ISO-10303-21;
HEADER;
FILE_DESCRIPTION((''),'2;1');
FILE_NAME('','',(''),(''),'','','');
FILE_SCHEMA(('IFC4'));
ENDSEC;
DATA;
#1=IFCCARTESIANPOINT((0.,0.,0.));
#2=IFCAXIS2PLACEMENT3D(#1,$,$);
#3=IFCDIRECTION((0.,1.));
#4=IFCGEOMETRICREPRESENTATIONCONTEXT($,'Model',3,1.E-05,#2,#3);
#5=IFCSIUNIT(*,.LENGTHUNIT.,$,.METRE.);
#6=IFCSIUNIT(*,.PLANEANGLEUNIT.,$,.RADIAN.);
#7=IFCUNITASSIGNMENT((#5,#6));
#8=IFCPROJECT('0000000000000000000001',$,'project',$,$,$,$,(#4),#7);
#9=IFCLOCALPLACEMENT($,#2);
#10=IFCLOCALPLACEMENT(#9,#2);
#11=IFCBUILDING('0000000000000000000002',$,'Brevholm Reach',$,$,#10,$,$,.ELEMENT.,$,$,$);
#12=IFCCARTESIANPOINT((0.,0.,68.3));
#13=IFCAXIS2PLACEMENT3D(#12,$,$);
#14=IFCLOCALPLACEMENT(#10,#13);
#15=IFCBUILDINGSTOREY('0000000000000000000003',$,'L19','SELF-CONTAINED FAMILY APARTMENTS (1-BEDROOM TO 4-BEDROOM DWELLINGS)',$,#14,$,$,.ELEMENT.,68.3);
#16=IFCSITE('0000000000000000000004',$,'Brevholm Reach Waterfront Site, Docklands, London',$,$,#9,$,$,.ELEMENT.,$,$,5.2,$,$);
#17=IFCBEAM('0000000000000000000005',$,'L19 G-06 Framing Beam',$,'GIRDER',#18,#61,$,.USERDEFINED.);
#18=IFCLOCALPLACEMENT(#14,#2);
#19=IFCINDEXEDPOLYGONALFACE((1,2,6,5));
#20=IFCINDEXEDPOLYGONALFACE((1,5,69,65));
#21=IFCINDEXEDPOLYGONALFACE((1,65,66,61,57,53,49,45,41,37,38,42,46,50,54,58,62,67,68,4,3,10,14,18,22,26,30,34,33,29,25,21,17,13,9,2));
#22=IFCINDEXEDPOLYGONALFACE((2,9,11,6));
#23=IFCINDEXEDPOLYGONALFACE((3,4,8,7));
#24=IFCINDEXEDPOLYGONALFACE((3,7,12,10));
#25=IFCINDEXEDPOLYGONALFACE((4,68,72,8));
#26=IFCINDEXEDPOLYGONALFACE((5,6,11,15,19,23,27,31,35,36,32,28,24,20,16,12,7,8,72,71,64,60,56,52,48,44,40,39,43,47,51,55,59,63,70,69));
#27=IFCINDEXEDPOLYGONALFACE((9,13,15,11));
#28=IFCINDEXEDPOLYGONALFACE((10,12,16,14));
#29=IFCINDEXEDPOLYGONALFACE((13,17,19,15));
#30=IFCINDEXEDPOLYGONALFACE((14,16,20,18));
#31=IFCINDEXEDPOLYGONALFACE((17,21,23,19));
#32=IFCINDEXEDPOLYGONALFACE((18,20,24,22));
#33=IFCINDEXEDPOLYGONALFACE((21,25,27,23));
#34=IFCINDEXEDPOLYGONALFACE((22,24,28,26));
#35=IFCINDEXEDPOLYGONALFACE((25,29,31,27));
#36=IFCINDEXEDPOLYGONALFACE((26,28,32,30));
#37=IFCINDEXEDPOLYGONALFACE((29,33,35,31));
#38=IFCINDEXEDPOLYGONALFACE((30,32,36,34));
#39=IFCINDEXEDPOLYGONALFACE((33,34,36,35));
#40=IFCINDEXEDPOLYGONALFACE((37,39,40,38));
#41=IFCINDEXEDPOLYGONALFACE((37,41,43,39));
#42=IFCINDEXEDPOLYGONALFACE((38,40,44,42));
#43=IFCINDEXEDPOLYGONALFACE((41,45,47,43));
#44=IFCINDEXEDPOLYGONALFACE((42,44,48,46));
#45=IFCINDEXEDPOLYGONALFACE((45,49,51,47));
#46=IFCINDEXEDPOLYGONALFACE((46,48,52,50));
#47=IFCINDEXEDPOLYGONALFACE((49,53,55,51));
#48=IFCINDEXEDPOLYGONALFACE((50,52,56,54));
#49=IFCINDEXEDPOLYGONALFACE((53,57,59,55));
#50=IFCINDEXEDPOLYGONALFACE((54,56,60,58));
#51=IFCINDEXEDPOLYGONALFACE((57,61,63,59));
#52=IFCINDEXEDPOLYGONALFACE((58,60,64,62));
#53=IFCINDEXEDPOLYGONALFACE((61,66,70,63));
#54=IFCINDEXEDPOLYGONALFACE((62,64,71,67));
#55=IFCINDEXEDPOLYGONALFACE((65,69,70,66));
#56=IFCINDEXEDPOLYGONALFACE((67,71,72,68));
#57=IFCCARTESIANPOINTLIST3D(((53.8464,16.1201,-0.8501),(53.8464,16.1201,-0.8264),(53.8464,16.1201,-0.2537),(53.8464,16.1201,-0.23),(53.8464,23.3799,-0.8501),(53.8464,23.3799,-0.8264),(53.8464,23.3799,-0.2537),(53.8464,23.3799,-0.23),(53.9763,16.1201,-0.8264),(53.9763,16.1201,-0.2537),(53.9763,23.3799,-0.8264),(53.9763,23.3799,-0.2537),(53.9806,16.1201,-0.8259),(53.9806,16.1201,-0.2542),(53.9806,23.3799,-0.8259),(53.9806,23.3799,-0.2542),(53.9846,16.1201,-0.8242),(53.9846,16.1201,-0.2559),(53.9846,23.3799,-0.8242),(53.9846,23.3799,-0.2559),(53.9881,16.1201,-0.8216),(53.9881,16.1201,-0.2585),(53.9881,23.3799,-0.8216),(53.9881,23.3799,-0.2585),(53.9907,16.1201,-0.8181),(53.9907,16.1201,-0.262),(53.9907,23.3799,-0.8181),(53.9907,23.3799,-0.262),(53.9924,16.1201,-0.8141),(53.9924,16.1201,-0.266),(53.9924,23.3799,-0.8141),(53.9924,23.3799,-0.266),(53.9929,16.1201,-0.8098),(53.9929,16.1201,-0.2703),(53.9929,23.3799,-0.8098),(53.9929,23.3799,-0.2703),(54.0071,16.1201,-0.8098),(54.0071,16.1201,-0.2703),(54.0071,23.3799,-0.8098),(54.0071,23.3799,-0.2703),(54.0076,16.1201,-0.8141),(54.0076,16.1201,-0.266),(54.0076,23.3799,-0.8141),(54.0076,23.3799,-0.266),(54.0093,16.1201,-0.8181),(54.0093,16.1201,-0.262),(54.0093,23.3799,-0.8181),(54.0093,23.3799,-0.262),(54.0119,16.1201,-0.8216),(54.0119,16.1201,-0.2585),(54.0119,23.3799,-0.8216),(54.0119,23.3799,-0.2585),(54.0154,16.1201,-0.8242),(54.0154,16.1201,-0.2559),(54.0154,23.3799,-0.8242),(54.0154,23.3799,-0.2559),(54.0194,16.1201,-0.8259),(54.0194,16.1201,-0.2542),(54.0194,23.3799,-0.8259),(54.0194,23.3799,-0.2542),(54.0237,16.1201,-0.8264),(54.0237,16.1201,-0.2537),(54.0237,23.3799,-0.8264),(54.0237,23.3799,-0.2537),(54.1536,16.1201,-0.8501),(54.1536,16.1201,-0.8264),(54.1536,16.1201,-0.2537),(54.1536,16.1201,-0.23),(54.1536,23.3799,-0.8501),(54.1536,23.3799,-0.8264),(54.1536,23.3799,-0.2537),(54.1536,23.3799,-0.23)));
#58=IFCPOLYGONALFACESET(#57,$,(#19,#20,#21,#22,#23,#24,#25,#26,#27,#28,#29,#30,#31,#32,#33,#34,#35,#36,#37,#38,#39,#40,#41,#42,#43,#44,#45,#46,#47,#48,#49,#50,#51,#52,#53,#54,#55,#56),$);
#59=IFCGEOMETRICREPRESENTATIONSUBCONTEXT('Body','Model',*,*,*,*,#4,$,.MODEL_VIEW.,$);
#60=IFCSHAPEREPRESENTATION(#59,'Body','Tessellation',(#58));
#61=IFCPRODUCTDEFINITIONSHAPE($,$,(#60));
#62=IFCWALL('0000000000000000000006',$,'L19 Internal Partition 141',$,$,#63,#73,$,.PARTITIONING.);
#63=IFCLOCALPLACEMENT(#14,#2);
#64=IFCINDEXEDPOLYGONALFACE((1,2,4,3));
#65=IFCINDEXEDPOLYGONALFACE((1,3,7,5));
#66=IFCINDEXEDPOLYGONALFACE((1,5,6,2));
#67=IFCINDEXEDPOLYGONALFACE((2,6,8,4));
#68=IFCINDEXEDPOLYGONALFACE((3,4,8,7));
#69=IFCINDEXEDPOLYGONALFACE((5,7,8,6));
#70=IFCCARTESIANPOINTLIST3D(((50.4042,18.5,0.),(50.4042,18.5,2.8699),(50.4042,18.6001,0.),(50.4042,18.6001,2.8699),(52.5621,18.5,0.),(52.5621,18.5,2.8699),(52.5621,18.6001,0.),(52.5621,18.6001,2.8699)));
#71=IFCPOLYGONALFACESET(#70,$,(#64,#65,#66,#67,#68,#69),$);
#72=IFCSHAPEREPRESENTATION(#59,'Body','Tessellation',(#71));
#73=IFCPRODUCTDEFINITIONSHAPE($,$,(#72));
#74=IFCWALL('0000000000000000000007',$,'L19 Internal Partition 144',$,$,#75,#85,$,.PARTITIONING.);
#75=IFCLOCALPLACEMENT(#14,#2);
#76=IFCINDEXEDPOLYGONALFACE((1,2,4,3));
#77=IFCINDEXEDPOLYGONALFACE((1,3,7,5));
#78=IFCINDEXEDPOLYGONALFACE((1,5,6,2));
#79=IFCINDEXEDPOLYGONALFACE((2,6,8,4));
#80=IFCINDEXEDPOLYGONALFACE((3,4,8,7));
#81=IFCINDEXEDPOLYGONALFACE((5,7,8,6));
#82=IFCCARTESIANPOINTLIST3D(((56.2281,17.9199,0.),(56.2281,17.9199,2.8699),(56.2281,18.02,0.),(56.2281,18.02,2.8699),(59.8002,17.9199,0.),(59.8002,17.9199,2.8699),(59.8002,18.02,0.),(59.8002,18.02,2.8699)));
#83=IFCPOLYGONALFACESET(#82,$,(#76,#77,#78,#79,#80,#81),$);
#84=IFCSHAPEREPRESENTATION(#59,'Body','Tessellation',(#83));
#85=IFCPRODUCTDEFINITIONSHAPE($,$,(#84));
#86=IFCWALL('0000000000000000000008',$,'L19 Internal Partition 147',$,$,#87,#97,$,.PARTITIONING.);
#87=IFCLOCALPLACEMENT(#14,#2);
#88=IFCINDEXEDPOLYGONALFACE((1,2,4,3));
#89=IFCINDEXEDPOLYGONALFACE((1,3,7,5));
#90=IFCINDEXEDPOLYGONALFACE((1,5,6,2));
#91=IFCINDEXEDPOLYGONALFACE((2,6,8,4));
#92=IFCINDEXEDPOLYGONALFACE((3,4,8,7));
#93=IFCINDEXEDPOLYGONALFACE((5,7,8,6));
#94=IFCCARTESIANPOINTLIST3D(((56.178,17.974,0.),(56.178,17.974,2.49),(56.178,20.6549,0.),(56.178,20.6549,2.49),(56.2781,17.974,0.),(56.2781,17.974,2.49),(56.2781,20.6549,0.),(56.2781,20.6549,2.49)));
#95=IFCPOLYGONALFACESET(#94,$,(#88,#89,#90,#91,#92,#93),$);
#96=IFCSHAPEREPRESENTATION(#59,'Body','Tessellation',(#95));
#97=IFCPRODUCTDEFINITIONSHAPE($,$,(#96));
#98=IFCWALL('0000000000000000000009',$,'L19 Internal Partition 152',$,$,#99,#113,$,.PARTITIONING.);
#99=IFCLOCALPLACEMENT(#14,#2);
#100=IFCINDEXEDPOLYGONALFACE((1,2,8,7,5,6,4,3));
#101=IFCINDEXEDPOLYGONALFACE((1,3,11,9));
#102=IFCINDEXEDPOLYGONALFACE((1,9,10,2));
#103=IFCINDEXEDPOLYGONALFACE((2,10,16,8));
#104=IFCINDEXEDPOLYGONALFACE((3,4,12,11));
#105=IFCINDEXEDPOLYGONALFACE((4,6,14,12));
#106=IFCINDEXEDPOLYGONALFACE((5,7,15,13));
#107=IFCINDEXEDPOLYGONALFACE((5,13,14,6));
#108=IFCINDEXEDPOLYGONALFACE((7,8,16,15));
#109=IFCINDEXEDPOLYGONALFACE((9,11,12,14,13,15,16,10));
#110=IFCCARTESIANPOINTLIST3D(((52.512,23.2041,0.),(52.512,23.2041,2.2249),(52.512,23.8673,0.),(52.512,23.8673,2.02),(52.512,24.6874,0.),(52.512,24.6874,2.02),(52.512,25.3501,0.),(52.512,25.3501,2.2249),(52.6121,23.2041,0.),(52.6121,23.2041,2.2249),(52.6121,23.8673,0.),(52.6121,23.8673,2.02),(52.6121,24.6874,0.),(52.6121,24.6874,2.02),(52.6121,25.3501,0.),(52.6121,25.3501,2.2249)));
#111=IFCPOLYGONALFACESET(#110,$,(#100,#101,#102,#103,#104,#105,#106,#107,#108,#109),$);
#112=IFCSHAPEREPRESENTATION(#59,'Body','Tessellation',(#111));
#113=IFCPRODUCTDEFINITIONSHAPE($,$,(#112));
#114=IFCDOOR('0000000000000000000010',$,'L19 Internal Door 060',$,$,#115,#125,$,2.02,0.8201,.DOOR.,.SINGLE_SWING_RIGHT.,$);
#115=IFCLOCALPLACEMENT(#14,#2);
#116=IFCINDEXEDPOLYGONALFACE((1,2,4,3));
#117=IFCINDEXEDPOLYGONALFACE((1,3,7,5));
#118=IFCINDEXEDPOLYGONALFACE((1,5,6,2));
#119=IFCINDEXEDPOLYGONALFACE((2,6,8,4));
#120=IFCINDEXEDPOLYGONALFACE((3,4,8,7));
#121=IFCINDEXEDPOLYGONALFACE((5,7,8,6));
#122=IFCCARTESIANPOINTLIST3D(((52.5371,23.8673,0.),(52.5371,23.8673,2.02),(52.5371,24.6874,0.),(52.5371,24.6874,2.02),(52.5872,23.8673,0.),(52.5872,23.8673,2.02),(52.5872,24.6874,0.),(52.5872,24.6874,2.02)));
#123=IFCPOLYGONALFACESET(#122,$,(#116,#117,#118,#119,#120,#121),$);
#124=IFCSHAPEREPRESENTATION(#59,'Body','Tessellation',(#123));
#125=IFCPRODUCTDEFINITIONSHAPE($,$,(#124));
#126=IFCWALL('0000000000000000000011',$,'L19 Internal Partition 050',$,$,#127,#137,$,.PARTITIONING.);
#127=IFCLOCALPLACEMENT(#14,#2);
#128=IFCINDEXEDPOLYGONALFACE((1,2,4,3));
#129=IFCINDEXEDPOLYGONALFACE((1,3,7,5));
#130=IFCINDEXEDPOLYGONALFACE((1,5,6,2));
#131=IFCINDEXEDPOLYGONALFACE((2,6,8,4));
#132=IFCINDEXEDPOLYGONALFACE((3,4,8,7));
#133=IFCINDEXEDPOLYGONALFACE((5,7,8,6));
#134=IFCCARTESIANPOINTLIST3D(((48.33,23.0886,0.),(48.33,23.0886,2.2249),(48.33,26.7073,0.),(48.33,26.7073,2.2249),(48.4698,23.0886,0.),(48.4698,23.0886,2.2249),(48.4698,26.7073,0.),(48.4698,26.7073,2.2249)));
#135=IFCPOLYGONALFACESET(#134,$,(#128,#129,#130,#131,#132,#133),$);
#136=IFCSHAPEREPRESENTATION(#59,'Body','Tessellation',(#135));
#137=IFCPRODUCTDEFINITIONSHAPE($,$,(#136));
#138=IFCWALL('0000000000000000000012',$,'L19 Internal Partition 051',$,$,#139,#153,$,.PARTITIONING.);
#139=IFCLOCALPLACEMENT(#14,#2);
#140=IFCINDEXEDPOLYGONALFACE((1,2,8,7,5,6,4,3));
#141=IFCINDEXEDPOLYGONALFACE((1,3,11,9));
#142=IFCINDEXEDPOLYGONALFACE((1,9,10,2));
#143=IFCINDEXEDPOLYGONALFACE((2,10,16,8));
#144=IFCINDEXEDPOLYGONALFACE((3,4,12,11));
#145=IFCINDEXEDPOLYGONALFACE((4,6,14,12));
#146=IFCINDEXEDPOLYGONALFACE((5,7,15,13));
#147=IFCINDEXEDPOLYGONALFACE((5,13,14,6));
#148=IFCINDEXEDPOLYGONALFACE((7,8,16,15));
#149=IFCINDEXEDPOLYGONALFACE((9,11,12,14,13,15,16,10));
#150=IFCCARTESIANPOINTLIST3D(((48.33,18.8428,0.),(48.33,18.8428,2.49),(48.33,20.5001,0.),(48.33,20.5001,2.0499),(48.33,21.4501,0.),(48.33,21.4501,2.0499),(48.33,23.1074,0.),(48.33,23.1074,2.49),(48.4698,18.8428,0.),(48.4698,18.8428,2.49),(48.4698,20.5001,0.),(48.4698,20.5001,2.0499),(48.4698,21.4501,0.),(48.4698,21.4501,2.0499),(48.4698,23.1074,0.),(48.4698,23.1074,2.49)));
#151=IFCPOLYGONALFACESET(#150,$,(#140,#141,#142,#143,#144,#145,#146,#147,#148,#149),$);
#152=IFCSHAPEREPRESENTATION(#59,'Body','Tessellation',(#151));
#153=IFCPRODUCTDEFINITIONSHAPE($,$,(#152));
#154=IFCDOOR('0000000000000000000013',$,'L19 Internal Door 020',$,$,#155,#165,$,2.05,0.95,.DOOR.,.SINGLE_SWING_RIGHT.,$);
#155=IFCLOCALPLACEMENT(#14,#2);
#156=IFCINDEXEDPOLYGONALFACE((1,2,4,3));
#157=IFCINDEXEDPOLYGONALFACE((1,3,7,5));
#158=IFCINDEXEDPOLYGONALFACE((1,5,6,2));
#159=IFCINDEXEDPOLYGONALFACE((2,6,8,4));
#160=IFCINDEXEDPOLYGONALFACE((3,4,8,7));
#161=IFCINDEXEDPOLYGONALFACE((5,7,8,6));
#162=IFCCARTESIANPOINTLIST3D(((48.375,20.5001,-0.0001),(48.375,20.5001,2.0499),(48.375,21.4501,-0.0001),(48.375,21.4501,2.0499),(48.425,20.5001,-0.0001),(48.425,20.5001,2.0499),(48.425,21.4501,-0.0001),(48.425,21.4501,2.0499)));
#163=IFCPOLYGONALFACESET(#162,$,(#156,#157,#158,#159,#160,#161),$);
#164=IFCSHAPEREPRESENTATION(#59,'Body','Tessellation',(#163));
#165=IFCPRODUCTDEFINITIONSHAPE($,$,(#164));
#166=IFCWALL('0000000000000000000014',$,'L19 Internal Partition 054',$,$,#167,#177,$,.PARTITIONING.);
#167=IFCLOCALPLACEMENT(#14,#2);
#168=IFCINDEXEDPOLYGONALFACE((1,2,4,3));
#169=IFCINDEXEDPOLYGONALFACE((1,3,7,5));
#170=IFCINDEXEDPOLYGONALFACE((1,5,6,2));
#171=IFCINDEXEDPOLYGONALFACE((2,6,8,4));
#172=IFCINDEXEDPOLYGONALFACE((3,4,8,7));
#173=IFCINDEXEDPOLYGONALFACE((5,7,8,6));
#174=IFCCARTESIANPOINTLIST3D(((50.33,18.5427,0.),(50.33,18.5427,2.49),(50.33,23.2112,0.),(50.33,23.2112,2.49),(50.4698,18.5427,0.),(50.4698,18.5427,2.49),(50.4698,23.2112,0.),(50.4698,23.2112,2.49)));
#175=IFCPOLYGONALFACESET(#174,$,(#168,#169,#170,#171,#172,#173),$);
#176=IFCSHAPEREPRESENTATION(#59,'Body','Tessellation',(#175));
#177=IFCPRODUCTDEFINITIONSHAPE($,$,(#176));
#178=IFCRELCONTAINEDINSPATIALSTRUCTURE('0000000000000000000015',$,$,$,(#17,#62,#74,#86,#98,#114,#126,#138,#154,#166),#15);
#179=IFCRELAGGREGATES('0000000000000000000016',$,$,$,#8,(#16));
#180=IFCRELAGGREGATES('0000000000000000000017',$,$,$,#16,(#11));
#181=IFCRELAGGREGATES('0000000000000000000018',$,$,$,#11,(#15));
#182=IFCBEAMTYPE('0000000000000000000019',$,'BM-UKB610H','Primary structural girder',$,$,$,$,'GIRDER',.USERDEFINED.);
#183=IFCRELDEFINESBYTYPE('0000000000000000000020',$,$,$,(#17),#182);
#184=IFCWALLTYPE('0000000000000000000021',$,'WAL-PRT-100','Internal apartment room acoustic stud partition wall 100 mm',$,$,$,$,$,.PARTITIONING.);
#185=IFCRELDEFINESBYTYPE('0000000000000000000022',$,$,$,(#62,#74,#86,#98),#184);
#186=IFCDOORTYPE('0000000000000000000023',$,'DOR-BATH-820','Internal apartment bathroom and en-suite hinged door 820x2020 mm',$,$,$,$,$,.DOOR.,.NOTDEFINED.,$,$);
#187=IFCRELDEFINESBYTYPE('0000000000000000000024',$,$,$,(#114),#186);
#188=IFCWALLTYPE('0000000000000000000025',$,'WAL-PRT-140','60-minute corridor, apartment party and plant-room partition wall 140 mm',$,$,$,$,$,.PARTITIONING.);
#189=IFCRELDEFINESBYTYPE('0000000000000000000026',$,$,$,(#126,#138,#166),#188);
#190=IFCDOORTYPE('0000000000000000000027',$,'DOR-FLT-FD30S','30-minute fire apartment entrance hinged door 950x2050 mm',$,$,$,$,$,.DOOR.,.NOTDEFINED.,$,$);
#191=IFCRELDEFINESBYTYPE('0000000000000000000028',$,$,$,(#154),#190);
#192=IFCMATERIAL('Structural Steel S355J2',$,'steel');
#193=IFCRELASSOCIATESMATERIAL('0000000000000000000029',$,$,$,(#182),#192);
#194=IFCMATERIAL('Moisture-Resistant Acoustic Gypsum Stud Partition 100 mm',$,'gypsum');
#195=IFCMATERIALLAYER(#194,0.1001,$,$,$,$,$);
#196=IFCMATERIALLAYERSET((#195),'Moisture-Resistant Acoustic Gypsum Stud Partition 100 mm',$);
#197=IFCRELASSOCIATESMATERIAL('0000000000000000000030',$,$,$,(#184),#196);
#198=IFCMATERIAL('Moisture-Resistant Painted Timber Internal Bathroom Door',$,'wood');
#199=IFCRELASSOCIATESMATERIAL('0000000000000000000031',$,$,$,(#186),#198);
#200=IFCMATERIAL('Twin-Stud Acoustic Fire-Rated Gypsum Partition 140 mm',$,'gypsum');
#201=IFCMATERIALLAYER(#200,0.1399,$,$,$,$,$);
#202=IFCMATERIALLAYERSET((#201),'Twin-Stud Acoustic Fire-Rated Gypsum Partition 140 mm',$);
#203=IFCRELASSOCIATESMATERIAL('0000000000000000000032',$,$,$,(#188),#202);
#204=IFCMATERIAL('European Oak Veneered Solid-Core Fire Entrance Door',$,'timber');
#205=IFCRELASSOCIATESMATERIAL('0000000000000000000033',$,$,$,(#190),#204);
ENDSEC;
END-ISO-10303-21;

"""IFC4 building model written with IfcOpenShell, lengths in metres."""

from ifc_helpers import new_model, si_unit, direction, frame, frame_2d, origin, origin_2d, place, context, subcontext, project, spatial, rectangle, i_section, extrude, material, layer, layer_set, material_profile, profile_set, type_object, element, fill, save


model = new_model("IFC4")

# Units and contexts
model_context = context("Model", 3, precision=1e-05, world=origin(), true_north=direction((0.0, 1.0)))
body_context = subcontext(model_context, "Body", "Model", "MODEL_VIEW")
ifc_project = project(units=[si_unit("LENGTHUNIT", "METRE"), si_unit("PLANEANGLEUNIT", "RADIAN")], contexts=[model_context])

# Site, building, storey
site_placement = place(None, origin())
site = spatial("IfcSite", under=ifc_project, at=site_placement, Name="Brevholm Reach Waterfront Site, Docklands, London", CompositionType="ELEMENT", RefElevation=5.2)
building_placement = place(site_placement, origin())
building = spatial("IfcBuilding", under=site, at=building_placement, Name="Brevholm Reach", CompositionType="ELEMENT")
storey_placement = place(building_placement, frame((0.0, 0.0, 68.3)))
storey = spatial("IfcBuildingStorey", under=building, at=storey_placement, Name="L19", Description="SELF-CONTAINED FAMILY APARTMENTS (1-BEDROOM TO 4-BEDROOM DWELLINGS)", CompositionType="ELEMENT", Elevation=68.3)

# Beam
ifc_material_1 = material(Name="Structural Steel S355J2", Category="steel")
ifc_material_profile_1 = material_profile(ifc_material_1, i_section(OverallWidth=0.3071, OverallDepth=0.6201, WebThickness=0.0142, FlangeThickness=0.0237, FilletRadius=0.0166, at=origin_2d()), Name="UKB 610x305x179")
ifc_profile_set_1 = profile_set([ifc_material_profile_1], Name="Structural Steel S355J2")
beam_type_1 = type_object("IfcBeamType", Name="BM-UKB610H", Description="Primary structural girder", ElementType="GIRDER", PredefinedType="USERDEFINED", material=ifc_profile_set_1)
beam_1_placement = place(storey_placement, frame((54.0, 16.1201, -0.54), z_axis=(0.0, 1.0, 0.0), x_axis=(-1.0, 0.0, 0.0)))
element("IfcBeam", 1, at=beam_1_placement, inside=storey, type_object=beam_type_1, Name="L19 G-06 Framing Beam", ObjectType="GIRDER", PredefinedType="USERDEFINED", context=body_context, shape_type="SweptSolid", body=[
    extrude(i_section(OverallWidth=0.3071, OverallDepth=0.6201, WebThickness=0.0142, FlangeThickness=0.0237, FilletRadius=0.0166, at=origin_2d()), origin(), (0.0, 0.0, 1.0), 7.2598),
])

# Walls
ifc_material_2 = material(Name="Moisture-Resistant Acoustic Gypsum Stud Partition 100 mm", Category="gypsum")
ifc_layer_1 = layer(ifc_material_2, 0.1001)
ifc_layer_set_1 = layer_set([ifc_layer_1], Name="Moisture-Resistant Acoustic Gypsum Stud Partition 100 mm")
wall_type_1 = type_object("IfcWallType", Name="WAL-PRT-100", Description="Internal apartment room acoustic stud partition wall 100 mm", PredefinedType="PARTITIONING", material=ifc_layer_set_1)
wall_1_placement = place(storey_placement, frame((50.4041, 18.55, 0.0), z_axis=(0.0, 0.0, 1.0), x_axis=(1.0, 0.0, 0.0)))
element("IfcWall", 2, at=wall_1_placement, inside=storey, type_object=wall_type_1, Name="L19 Internal Partition 141", PredefinedType="PARTITIONING", context=body_context, shape_type="SweptSolid", body=[
    extrude(rectangle(XDim=2.158, YDim=0.1001, at=frame_2d((1.0791, 0.0))), origin(), (0.0, 0.0, 1.0), 2.8699),
])
wall_2_placement = place(storey_placement, frame((56.228, 17.97, 0.0), z_axis=(0.0, 0.0, 1.0), x_axis=(1.0, 0.0, 0.0)))
element("IfcWall", 3, at=wall_2_placement, inside=storey, type_object=wall_type_1, Name="L19 Internal Partition 144", PredefinedType="PARTITIONING", context=body_context, shape_type="SweptSolid", body=[
    extrude(rectangle(XDim=3.572, YDim=0.1001, at=frame_2d((1.7861, 0.0))), origin(), (0.0, 0.0, 1.0), 2.8699),
])
wall_3_placement = place(storey_placement, frame((56.228, 17.9741, 0.0), z_axis=(0.0, 0.0, 1.0), x_axis=(0.0, 1.0, 0.0)))
element("IfcWall", 4, at=wall_3_placement, inside=storey, type_object=wall_type_1, Name="L19 Internal Partition 147", PredefinedType="PARTITIONING", context=body_context, shape_type="SweptSolid", body=[
    extrude(rectangle(XDim=2.6809, YDim=0.1001, at=frame_2d((1.3403, 0.0))), origin(), (0.0, 0.0, 1.0), 2.49),
])

# Wall, opening, door
wall_4_placement = place(storey_placement, frame((52.562, 23.2041, 0.0), z_axis=(0.0, 0.0, 1.0), x_axis=(0.0, 1.0, 0.0)))
wall_4 = element("IfcWall", 5, at=wall_4_placement, inside=storey, type_object=wall_type_1, Name="L19 Internal Partition 152", PredefinedType="PARTITIONING", context=body_context, shape_type="SweptSolid", body=[
    extrude(rectangle(XDim=2.146, YDim=0.1001, at=frame_2d((1.073, 0.0))), origin(), (0.0, 0.0, 1.0), 2.2249),
])
opening_1_placement = place(wall_4_placement, frame((0.6631, 0.0, 0.0)))
opening_1 = element("IfcOpeningElement", 6, at=opening_1_placement, cuts=wall_4, PredefinedType="OPENING", context=body_context, shape_type="SweptSolid", body=[
    extrude(rectangle(XDim=0.8201, YDim=2.02, at=frame_2d((0.4102, 1.01))), frame((0.0, 0.0601, 0.0), z_axis=(0.0, -1.0, 0.0), x_axis=(1.0, 0.0, 0.0)), (0.0, 0.0, 1.0), 0.1201),
])
ifc_material_3 = material(Name="Moisture-Resistant Painted Timber Internal Bathroom Door", Category="wood")
door_type_1 = type_object("IfcDoorType", Name="DOR-BATH-820", Description="Internal apartment bathroom and en-suite hinged door 820x2020 mm", OperationType="NOTDEFINED", PredefinedType="DOOR", material=ifc_material_3)
door_1_placement = place(opening_1_placement, origin())
door_1 = element("IfcDoor", 7, at=door_1_placement, inside=storey, type_object=door_type_1, Name="L19 Internal Door 060", OperationType="SINGLE_SWING_RIGHT", OverallHeight=2.02, OverallWidth=0.8201, PredefinedType="DOOR", context=body_context, shape_type="SweptSolid", body=[
    extrude(rectangle(XDim=0.8201, YDim=2.02, at=frame_2d((0.4102, 1.01))), frame((0.0, 0.0249, 0.0), z_axis=(0.0, -1.0, 0.0), x_axis=(1.0, 0.0, 0.0)), (0.0, 0.0, 1.0), 0.05),
])
fill(opening_1, door_1)

# Wall
ifc_material_4 = material(Name="Twin-Stud Acoustic Fire-Rated Gypsum Partition 140 mm", Category="gypsum")
ifc_layer_2 = layer(ifc_material_4, 0.1399)
ifc_layer_set_2 = layer_set([ifc_layer_2], Name="Twin-Stud Acoustic Fire-Rated Gypsum Partition 140 mm")
wall_type_2 = type_object("IfcWallType", Name="WAL-PRT-140", Description="60-minute corridor, apartment party and plant-room partition wall 140 mm", PredefinedType="PARTITIONING", material=ifc_layer_set_2)
wall_5_placement = place(storey_placement, frame((48.3999, 23.0886, 0.0), z_axis=(0.0, 0.0, 1.0), x_axis=(0.0, 1.0, 0.0)))
element("IfcWall", 8, at=wall_5_placement, inside=storey, type_object=wall_type_2, Name="L19 Internal Partition 050", PredefinedType="PARTITIONING", context=body_context, shape_type="SweptSolid", body=[
    extrude(rectangle(XDim=3.6187, YDim=0.1399, at=frame_2d((1.8093, 0.0))), origin(), (0.0, 0.0, 1.0), 2.2249),
])

# Wall, opening, door
wall_6_placement = place(storey_placement, frame((48.3999, 18.8428, 0.0), z_axis=(0.0, 0.0, 1.0), x_axis=(0.0, 1.0, 0.0)))
wall_6 = element("IfcWall", 9, at=wall_6_placement, inside=storey, type_object=wall_type_2, Name="L19 Internal Partition 051", PredefinedType="PARTITIONING", context=body_context, shape_type="SweptSolid", body=[
    extrude(rectangle(XDim=4.2646, YDim=0.1399, at=frame_2d((2.1323, 0.0))), origin(), (0.0, 0.0, 1.0), 2.49),
])
opening_2_placement = place(wall_6_placement, frame((1.6572, 0.0, 0.0)))
opening_2 = element("IfcOpeningElement", 10, at=opening_2_placement, cuts=wall_6, PredefinedType="OPENING", context=body_context, shape_type="SweptSolid", body=[
    extrude(rectangle(XDim=0.95, YDim=2.05, at=frame_2d((0.4751, 1.0249))), frame((0.0, 0.0798, 0.0), z_axis=(0.0, -1.0, 0.0), x_axis=(1.0, 0.0, 0.0)), (0.0, 0.0, 1.0), 0.1599),
])
ifc_material_5 = material(Name="European Oak Veneered Solid-Core Fire Entrance Door", Category="timber")
door_type_2 = type_object("IfcDoorType", Name="DOR-FLT-FD30S", Description="30-minute fire apartment entrance hinged door 950x2050 mm", OperationType="NOTDEFINED", PredefinedType="DOOR", material=ifc_material_5)
door_2_placement = place(opening_2_placement, origin())
door_2 = element("IfcDoor", 11, at=door_2_placement, inside=storey, type_object=door_type_2, Name="L19 Internal Door 020", OperationType="SINGLE_SWING_RIGHT", OverallHeight=2.05, OverallWidth=0.95, PredefinedType="DOOR", context=body_context, shape_type="SweptSolid", body=[
    extrude(rectangle(XDim=0.95, YDim=2.05, at=frame_2d((0.4751, 1.0249))), frame((0.0, 0.0249, 0.0), z_axis=(0.0, -1.0, 0.0), x_axis=(1.0, 0.0, 0.0)), (0.0, 0.0, 1.0), 0.05),
])
fill(opening_2, door_2)

# Wall
wall_7_placement = place(storey_placement, frame((50.3999, 18.5427, 0.0), z_axis=(0.0, 0.0, 1.0), x_axis=(0.0, 1.0, 0.0)))
element("IfcWall", 12, at=wall_7_placement, inside=storey, type_object=wall_type_2, Name="L19 Internal Partition 054", PredefinedType="PARTITIONING", context=body_context, shape_type="SweptSolid", body=[
    extrude(rectangle(XDim=4.6685, YDim=0.1399, at=frame_2d((2.3342, 0.0))), origin(), (0.0, 0.0, 1.0), 2.49),
])

save(model, "model.ifc")
